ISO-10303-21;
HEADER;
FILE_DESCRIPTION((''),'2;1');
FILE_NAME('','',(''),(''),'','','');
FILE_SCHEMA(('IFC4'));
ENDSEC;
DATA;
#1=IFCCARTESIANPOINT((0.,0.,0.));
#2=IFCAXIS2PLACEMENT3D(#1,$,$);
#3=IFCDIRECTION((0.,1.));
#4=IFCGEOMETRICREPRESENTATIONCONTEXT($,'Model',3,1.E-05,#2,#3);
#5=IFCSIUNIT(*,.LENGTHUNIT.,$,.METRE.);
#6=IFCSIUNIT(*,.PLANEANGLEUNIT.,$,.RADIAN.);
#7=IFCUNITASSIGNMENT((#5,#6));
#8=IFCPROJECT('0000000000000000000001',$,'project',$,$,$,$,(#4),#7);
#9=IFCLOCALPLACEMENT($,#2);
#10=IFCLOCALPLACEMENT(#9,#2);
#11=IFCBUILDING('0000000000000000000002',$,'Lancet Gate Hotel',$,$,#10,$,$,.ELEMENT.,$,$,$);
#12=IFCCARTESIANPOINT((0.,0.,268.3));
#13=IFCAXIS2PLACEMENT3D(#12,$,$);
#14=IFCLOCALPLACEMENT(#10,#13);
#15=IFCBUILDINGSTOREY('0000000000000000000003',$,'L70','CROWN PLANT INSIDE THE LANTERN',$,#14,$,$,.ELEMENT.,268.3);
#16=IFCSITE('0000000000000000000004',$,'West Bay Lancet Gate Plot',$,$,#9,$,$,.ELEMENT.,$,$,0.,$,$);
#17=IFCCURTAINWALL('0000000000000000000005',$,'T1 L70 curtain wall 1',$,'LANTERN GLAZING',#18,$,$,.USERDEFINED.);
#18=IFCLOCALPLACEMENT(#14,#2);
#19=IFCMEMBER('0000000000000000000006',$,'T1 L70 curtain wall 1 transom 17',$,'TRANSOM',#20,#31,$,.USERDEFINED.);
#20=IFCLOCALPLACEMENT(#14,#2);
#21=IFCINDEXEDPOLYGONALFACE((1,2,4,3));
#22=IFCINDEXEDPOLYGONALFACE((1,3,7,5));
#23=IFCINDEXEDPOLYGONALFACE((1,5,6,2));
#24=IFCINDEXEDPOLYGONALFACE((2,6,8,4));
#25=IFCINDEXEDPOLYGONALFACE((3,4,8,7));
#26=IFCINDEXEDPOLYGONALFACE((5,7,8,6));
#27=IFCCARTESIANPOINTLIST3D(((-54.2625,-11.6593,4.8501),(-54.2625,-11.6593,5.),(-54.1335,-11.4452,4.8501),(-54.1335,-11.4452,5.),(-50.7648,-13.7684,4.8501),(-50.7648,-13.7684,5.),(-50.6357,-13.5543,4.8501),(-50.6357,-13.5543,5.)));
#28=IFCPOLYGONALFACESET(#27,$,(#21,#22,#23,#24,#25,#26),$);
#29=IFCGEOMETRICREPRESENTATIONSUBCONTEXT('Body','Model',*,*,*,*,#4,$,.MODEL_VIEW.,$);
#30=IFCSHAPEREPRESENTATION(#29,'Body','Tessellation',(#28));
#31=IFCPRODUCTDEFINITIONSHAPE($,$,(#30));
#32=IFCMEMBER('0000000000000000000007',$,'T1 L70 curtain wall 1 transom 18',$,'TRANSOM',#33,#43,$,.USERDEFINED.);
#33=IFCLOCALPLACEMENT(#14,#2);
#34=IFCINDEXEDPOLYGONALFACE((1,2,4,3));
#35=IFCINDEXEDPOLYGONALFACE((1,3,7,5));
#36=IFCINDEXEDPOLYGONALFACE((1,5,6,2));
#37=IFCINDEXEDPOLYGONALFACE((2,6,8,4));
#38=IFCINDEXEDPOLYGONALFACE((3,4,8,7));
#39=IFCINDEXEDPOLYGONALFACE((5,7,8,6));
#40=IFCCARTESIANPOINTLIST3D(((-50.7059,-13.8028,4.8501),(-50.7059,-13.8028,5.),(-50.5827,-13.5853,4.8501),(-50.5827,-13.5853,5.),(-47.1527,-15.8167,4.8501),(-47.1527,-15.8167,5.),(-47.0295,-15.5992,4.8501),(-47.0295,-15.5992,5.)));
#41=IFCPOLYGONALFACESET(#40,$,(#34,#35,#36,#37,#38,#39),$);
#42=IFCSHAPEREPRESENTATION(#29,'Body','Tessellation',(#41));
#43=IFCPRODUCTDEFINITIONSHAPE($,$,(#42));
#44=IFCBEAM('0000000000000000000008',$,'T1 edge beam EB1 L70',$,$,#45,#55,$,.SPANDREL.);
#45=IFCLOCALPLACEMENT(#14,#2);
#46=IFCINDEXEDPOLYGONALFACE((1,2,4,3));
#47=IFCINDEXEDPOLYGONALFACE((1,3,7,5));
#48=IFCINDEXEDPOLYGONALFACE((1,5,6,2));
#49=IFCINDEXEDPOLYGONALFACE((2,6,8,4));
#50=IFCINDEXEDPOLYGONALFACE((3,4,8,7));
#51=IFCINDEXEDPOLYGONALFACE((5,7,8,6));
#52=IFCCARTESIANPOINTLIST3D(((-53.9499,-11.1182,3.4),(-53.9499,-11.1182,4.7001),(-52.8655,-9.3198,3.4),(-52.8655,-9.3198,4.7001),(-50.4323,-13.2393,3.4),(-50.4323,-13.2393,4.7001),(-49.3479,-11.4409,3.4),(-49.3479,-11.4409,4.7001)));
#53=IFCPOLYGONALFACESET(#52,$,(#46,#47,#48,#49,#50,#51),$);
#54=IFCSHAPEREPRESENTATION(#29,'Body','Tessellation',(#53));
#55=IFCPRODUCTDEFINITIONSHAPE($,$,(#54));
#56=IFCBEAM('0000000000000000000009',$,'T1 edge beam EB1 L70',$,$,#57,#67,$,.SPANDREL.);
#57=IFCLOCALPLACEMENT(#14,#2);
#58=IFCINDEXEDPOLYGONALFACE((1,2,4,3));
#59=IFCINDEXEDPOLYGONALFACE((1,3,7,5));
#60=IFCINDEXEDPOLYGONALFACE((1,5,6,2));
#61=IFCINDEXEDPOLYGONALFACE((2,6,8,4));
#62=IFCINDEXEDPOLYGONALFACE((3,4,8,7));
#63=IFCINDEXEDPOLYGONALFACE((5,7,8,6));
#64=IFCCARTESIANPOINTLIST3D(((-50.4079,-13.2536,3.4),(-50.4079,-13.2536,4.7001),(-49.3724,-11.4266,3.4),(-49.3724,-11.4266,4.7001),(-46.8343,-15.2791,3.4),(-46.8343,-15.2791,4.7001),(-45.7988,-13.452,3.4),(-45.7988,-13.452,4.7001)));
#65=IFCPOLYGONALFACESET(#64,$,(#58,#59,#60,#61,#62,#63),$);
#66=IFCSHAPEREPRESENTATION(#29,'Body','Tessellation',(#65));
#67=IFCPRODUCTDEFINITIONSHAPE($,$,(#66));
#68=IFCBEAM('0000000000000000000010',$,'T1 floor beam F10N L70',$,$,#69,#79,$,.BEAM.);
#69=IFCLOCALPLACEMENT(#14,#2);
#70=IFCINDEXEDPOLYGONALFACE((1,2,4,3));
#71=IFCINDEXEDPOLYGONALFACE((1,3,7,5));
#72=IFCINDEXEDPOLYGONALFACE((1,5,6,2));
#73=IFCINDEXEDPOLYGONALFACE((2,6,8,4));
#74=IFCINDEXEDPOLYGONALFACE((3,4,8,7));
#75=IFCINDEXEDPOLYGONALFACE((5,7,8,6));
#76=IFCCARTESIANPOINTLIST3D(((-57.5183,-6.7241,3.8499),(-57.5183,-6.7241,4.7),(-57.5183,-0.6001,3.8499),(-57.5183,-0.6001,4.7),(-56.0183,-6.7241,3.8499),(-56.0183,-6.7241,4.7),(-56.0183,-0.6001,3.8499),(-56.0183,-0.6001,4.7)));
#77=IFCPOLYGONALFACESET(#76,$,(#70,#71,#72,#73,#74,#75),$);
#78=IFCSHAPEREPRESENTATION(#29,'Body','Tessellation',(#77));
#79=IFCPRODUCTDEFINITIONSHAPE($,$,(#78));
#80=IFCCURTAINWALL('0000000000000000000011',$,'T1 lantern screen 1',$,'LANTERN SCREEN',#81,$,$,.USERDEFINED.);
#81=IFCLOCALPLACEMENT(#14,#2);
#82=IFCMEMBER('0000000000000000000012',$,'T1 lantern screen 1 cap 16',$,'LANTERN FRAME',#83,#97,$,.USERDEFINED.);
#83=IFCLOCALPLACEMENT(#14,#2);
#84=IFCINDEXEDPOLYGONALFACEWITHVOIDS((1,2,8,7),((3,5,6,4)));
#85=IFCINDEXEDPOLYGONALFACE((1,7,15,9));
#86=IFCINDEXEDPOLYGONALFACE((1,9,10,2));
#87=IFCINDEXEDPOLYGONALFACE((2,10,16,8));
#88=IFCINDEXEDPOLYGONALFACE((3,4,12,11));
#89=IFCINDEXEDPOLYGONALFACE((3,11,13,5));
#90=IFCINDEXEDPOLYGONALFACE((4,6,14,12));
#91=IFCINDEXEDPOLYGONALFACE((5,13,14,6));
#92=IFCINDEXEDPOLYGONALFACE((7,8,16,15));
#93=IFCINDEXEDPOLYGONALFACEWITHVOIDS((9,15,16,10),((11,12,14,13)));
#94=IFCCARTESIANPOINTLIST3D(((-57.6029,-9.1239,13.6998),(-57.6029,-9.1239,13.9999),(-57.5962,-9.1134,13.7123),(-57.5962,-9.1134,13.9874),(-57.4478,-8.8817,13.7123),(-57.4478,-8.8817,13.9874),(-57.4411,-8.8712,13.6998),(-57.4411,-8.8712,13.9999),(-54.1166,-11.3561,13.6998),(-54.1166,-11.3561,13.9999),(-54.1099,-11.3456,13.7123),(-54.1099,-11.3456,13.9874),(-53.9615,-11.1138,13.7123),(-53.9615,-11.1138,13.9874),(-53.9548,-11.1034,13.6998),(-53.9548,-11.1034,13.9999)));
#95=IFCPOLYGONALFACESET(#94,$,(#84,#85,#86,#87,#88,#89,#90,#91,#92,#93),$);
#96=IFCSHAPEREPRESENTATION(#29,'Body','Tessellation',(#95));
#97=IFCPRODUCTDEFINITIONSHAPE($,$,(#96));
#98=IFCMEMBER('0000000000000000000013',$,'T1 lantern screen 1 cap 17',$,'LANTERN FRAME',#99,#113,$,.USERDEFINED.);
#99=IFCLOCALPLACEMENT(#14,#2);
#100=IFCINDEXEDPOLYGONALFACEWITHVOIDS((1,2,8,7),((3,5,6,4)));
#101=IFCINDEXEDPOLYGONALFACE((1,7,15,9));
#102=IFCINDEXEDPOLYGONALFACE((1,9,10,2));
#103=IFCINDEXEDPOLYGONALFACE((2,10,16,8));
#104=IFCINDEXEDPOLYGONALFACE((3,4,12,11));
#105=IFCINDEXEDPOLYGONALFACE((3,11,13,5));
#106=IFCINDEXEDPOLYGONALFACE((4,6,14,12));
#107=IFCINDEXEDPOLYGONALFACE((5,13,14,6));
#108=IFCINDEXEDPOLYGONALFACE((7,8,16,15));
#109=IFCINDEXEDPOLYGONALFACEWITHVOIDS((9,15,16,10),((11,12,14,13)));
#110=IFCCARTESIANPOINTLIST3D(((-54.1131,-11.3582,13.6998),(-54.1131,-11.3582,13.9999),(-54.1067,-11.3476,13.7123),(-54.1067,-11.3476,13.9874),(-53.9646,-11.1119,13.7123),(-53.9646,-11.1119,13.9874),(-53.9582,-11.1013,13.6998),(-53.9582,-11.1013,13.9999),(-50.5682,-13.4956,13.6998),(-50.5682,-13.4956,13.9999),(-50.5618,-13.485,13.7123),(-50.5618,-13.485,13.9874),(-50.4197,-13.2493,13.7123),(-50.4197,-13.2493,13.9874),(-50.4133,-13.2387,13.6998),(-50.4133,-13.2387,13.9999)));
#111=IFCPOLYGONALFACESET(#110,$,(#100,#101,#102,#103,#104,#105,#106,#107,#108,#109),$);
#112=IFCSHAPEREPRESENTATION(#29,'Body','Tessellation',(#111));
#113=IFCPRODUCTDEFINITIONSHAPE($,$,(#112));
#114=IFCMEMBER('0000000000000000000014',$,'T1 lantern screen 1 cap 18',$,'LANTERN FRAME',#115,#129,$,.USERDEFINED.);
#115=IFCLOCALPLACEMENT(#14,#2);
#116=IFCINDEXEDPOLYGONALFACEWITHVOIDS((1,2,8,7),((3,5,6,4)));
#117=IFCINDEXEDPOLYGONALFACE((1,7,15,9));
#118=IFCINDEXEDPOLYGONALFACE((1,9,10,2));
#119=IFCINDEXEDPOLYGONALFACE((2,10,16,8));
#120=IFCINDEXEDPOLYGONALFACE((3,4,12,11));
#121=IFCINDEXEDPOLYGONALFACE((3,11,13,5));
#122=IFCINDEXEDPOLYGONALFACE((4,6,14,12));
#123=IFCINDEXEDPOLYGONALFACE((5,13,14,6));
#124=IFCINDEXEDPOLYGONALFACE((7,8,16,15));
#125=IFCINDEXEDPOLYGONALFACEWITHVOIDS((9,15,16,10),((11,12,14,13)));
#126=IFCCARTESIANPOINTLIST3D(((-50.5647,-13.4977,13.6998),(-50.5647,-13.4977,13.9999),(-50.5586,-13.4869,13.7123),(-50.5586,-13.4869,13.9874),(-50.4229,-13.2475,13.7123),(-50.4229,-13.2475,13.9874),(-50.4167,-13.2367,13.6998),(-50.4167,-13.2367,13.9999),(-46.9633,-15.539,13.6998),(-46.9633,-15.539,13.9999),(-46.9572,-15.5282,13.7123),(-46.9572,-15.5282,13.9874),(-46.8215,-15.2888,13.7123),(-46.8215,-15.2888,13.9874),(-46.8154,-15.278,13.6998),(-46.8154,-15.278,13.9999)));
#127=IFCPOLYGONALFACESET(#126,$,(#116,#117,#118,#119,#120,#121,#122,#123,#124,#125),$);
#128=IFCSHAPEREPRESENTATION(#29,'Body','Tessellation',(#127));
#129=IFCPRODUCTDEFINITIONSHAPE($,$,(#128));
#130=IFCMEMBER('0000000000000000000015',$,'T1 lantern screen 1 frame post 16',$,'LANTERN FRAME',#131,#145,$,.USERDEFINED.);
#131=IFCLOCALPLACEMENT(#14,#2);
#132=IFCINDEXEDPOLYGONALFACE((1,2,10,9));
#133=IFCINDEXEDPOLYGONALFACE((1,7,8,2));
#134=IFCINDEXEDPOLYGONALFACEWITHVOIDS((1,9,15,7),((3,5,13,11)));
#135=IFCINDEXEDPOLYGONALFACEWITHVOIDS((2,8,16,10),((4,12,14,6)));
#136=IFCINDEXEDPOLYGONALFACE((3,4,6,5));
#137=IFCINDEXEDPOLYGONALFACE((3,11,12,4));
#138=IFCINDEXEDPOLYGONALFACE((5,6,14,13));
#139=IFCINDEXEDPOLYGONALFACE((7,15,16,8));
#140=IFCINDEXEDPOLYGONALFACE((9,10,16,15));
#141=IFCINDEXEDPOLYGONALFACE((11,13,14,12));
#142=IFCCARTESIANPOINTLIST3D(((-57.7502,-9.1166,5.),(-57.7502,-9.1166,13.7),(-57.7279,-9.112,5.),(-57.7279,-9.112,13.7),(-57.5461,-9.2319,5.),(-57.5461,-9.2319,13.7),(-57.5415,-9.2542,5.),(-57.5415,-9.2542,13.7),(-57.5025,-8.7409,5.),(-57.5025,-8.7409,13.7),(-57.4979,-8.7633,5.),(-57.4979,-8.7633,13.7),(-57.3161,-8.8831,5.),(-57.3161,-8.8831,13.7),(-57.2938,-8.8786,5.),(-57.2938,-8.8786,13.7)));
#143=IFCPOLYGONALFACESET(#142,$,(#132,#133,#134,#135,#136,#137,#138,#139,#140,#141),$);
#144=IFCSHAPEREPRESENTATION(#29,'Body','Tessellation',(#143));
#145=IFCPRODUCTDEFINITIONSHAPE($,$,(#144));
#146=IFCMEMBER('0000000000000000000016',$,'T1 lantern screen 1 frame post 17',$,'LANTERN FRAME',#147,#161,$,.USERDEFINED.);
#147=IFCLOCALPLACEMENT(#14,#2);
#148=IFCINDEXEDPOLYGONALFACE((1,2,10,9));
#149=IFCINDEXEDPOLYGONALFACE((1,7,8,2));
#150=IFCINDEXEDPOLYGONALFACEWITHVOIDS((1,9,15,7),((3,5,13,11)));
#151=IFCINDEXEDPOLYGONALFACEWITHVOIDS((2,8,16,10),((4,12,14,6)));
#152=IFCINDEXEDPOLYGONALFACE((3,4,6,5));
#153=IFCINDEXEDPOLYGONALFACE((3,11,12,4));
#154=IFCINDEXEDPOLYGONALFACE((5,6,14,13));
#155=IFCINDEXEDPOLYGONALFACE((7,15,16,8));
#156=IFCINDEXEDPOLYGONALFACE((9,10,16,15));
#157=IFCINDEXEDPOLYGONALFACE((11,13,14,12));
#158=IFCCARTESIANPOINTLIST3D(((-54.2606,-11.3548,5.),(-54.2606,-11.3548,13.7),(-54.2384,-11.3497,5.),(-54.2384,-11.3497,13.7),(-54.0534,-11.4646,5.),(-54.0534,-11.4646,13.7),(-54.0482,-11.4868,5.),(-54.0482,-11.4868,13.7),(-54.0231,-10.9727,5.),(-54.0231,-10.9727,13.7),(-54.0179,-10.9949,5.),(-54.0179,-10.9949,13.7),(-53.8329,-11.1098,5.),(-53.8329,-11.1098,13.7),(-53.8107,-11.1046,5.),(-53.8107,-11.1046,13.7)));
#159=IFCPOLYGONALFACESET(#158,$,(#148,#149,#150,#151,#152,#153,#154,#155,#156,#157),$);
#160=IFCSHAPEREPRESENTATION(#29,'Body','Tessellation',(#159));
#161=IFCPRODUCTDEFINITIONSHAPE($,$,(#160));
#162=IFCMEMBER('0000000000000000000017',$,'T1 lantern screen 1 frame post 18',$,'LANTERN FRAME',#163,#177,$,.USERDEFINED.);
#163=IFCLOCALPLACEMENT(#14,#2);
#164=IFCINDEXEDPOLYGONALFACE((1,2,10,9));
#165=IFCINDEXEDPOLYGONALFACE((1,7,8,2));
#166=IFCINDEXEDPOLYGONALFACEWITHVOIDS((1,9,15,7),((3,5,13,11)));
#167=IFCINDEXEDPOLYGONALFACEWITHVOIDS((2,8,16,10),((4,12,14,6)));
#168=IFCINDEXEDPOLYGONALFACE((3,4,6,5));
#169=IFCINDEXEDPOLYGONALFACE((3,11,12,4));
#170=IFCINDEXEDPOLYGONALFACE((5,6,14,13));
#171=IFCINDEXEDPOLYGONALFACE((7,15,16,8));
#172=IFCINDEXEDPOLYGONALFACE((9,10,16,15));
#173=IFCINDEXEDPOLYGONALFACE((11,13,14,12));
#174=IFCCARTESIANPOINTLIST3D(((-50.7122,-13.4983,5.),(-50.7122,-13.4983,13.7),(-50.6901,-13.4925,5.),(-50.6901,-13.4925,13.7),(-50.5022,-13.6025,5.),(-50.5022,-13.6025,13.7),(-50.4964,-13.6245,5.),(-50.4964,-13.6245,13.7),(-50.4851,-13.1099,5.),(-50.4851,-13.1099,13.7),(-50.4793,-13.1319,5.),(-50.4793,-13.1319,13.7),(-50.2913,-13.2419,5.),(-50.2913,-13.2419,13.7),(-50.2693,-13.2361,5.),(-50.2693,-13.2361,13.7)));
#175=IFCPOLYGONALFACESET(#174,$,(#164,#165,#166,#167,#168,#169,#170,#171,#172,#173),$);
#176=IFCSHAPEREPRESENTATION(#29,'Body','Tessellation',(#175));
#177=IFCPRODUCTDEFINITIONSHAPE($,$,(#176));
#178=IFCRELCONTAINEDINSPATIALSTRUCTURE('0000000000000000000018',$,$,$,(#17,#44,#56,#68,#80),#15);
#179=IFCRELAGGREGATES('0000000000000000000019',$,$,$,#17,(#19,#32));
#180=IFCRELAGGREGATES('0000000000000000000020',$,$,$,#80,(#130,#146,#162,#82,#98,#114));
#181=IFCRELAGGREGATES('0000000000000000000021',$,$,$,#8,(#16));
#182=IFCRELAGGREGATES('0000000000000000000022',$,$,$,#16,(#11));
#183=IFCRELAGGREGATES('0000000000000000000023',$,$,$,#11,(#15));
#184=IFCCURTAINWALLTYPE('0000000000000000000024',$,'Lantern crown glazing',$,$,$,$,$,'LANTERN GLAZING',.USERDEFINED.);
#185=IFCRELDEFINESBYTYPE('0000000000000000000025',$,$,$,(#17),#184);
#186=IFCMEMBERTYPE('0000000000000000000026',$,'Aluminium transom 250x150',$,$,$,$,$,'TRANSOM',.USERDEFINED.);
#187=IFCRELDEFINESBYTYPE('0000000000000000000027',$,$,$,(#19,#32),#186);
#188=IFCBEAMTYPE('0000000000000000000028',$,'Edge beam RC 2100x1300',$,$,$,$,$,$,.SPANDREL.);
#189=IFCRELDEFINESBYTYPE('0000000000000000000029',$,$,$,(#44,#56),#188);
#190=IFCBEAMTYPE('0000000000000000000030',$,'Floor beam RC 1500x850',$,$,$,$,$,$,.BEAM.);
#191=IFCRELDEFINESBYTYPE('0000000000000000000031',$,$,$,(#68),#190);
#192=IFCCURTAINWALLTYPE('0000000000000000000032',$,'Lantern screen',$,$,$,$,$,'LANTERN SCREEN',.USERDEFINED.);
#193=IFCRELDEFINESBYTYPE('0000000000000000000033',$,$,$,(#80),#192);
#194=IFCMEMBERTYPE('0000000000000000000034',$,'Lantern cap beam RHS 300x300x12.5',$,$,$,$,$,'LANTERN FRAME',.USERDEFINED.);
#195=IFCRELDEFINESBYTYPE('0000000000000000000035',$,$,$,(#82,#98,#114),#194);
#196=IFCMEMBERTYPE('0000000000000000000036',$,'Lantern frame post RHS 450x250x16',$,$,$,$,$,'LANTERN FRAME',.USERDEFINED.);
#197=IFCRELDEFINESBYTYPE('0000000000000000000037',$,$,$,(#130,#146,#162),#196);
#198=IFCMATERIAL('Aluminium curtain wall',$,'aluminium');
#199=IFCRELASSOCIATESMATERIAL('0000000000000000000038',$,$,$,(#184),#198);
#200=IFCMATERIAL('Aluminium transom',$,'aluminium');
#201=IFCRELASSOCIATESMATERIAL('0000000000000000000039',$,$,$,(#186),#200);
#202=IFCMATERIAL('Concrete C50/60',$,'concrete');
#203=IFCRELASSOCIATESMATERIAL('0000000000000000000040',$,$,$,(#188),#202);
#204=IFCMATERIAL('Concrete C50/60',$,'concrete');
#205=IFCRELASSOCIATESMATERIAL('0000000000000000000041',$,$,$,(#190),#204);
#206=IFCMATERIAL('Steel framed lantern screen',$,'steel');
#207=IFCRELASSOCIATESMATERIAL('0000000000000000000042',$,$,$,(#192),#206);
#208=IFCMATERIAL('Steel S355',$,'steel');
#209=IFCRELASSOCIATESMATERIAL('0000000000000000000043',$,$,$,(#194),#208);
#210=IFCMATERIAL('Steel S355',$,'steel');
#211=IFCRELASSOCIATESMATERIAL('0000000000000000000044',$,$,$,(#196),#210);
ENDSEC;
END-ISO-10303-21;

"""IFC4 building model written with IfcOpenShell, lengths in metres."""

from ifc_helpers import new_model, si_unit, direction, frame, origin, origin_2d, place, context, subcontext, project, spatial, rectangle, hollow_rectangle, extrude, material, material_profile, profile_set, type_object, element, aggregate, save


model = new_model("IFC4")

# Units and contexts
model_context = context("Model", 3, precision=1e-05, world=origin(), true_north=direction((0.0, 1.0)))
body_context = subcontext(model_context, "Body", "Model", "MODEL_VIEW")
ifc_project = project(units=[si_unit("LENGTHUNIT", "METRE"), si_unit("PLANEANGLEUNIT", "RADIAN")], contexts=[model_context])

# Site, building, storey
site_placement = place(None, origin())
site = spatial("IfcSite", under=ifc_project, at=site_placement, Name="West Bay Lancet Gate Plot", CompositionType="ELEMENT", RefElevation=0.0)
building_placement = place(site_placement, origin())
building = spatial("IfcBuilding", under=site, at=building_placement, Name="Lancet Gate Hotel", CompositionType="ELEMENT")
storey_placement = place(building_placement, frame((0.0, 0.0, 268.3)))
storey = spatial("IfcBuildingStorey", under=building, at=storey_placement, Name="L70", Description="CROWN PLANT INSIDE THE LANTERN", CompositionType="ELEMENT", Elevation=268.3)

# Curtain wall, members
ifc_material_1 = material(Name="Aluminium curtain wall", Category="aluminium")
curtain_wall_type_1 = type_object("IfcCurtainWallType", Name="Lantern crown glazing", ElementType="LANTERN GLAZING", PredefinedType="USERDEFINED", material=ifc_material_1)
curtain_wall_1_placement = place(storey_placement, origin())
curtain_wall_1 = element("IfcCurtainWall", 1, at=curtain_wall_1_placement, inside=storey, type_object=curtain_wall_type_1, Name="T1 L70 curtain wall 1", ObjectType="LANTERN GLAZING", PredefinedType="USERDEFINED")
ifc_material_2 = material(Name="Aluminium transom", Category="aluminium")
ifc_material_profile_1 = material_profile(ifc_material_2, rectangle(XDim=0.25, YDim=0.1499, at=origin_2d()), Name="TRANSOM 250x150")
ifc_profile_set_1 = profile_set([ifc_material_profile_1], Name="Aluminium transom")
member_type_1 = type_object("IfcMemberType", Name="Aluminium transom 250x150", ElementType="TRANSOM", PredefinedType="USERDEFINED", material=ifc_profile_set_1)
member_1_placement = place(storey_placement, frame((-54.198, -11.5522, 4.925), z_axis=(0.856362, -0.516376, 0.0), x_axis=(0.516376, 0.856362, 0.0)))
member_1 = element("IfcMember", 2, at=member_1_placement, type_object=member_type_1, Name="T1 L70 curtain wall 1 transom 17", ObjectType="TRANSOM", PredefinedType="USERDEFINED", context=body_context, shape_type="SweptSolid", body=[
    extrude(rectangle(XDim=0.25, YDim=0.1499, at=origin_2d()), origin(), (0.0, 0.0, 1.0), 4.0845),
])
member_2_placement = place(storey_placement, frame((-50.6443, -13.6941, 4.925), z_axis=(0.869978, -0.493091, 0.0), x_axis=(0.493091, 0.869978, 0.0)))
member_2 = element("IfcMember", 3, at=member_2_placement, type_object=member_type_1, Name="T1 L70 curtain wall 1 transom 18", ObjectType="TRANSOM", PredefinedType="USERDEFINED", context=body_context, shape_type="SweptSolid", body=[
    extrude(rectangle(XDim=0.25, YDim=0.1499, at=origin_2d()), origin(), (0.0, 0.0, 1.0), 4.0842),
])

# Beams
ifc_material_3 = material(Name="Concrete C50/60", Category="concrete")
ifc_material_profile_2 = material_profile(ifc_material_3, rectangle(XDim=2.1001, YDim=1.3, at=origin_2d()), Name="RC 2100x1300")
ifc_profile_set_2 = profile_set([ifc_material_profile_2], Name="Concrete C50/60")
beam_type_1 = type_object("IfcBeamType", Name="Edge beam RC 2100x1300", PredefinedType="SPANDREL", material=ifc_profile_set_2)
for number, where, z_axis, x_axis, name in (
    (4, (-53.4077, -10.219, 4.05), (0.856358, -0.516382, 0.0), (0.516382, 0.856358, 0.0), "T1 edge beam EB1 L70"),
    (5, (-49.8901, -12.3401, 4.05), (0.869979, -0.493089, 0.0), (0.493089, 0.869979, 0.0), "T1 edge beam EB1 L70"),
):
    element("IfcBeam", number, at=place(storey_placement, frame(where, z_axis=z_axis, x_axis=x_axis)), inside=storey, type_object=beam_type_1, Name=name, PredefinedType="SPANDREL", context=body_context, shape_type="SweptSolid", body=[
        extrude(rectangle(XDim=2.1001, YDim=1.3, at=origin_2d()), origin(), (0.0, 0.0, 1.0), 4.1077),
    ])
ifc_material_4 = material(Name="Concrete C50/60", Category="concrete")
ifc_material_profile_3 = material_profile(ifc_material_4, rectangle(XDim=1.5, YDim=0.8501, at=origin_2d()), Name="RC 1500x850")
ifc_profile_set_3 = profile_set([ifc_material_profile_3], Name="Concrete C50/60")
beam_type_2 = type_object("IfcBeamType", Name="Floor beam RC 1500x850", PredefinedType="BEAM", material=ifc_profile_set_3)
beam_placement = place(storey_placement, frame((-56.7683, -0.6001, 4.2749), z_axis=(0.0, -1.0, 0.0), x_axis=(1.0, 0.0, 0.0)))
element("IfcBeam", 6, at=beam_placement, inside=storey, type_object=beam_type_2, Name="T1 floor beam F10N L70", PredefinedType="BEAM", context=body_context, shape_type="SweptSolid", body=[
    extrude(rectangle(XDim=1.5, YDim=0.8501, at=origin_2d()), origin(), (0.0, 0.0, 1.0), 6.124),
])

# Curtain wall, members
ifc_material_5 = material(Name="Steel framed lantern screen", Category="steel")
curtain_wall_type_2 = type_object("IfcCurtainWallType", Name="Lantern screen", ElementType="LANTERN SCREEN", PredefinedType="USERDEFINED", material=ifc_material_5)
curtain_wall_2_placement = place(storey_placement, origin())
curtain_wall_2 = element("IfcCurtainWall", 7, at=curtain_wall_2_placement, inside=storey, type_object=curtain_wall_type_2, Name="T1 lantern screen 1", ObjectType="LANTERN SCREEN", PredefinedType="USERDEFINED")
ifc_material_6 = material(Name="Steel S355", Category="steel")
ifc_material_profile_4 = material_profile(ifc_material_6, hollow_rectangle(XDim=0.3, YDim=0.3, WallThickness=0.0125, at=origin_2d()), Name="RHS 300x300x12.5")
ifc_profile_set_4 = profile_set([ifc_material_profile_4], Name="Steel S355")
member_type_2 = type_object("IfcMemberType", Name="Lantern cap beam RHS 300x300x12.5", ElementType="LANTERN FRAME", PredefinedType="USERDEFINED", material=ifc_profile_set_4)
member_3_placement = place(storey_placement, frame((-57.522, -8.9976, 13.8499), z_axis=(0.84217, -0.539213, 0.0), x_axis=(0.539213, 0.84217, 0.0)))
member_3 = element("IfcMember", 8, at=member_3_placement, type_object=member_type_2, Name="T1 lantern screen 1 cap 16", ObjectType="LANTERN FRAME", PredefinedType="USERDEFINED", context=body_context, shape_type="SweptSolid", body=[
    extrude(hollow_rectangle(XDim=0.3, YDim=0.3, WallThickness=0.0125, at=origin_2d()), origin(), (0.0, 0.0, 1.0), 4.1396),
])
member_4_placement = place(storey_placement, frame((-54.0356, -11.2297, 13.8499), z_axis=(0.856372, -0.516359, 0.0), x_axis=(0.516359, 0.856372, 0.0)))
member_4 = element("IfcMember", 9, at=member_4_placement, type_object=member_type_2, Name="T1 lantern screen 1 cap 17", ObjectType="LANTERN FRAME", PredefinedType="USERDEFINED", context=body_context, shape_type="SweptSolid", body=[
    extrude(hollow_rectangle(XDim=0.3, YDim=0.3, WallThickness=0.0125, at=origin_2d()), origin(), (0.0, 0.0, 1.0), 4.1394),
])
member_5_placement = place(storey_placement, frame((-50.4907, -13.3672, 13.8499), z_axis=(0.869969, -0.493106, 0.0), x_axis=(0.493106, 0.869969, 0.0)))
member_5 = element("IfcMember", 10, at=member_5_placement, type_object=member_type_2, Name="T1 lantern screen 1 cap 18", ObjectType="LANTERN FRAME", PredefinedType="USERDEFINED", context=body_context, shape_type="SweptSolid", body=[
    extrude(hollow_rectangle(XDim=0.3, YDim=0.3, WallThickness=0.0125, at=origin_2d()), origin(), (0.0, 0.0, 1.0), 4.1396),
])
ifc_material_7 = material(Name="Steel S355", Category="steel")
ifc_material_profile_5 = material_profile(ifc_material_7, hollow_rectangle(XDim=0.25, YDim=0.45, WallThickness=0.0161, at=origin_2d()), Name="RHS 450x250x16")
ifc_profile_set_5 = profile_set([ifc_material_profile_5], Name="Steel S355")
member_type_3 = type_object("IfcMemberType", Name="Lantern frame post RHS 450x250x16", ElementType="LANTERN FRAME", PredefinedType="USERDEFINED", material=ifc_profile_set_5)
member_6_placement = place(storey_placement, frame((-57.522, -8.9976, 5.0), z_axis=(0.0, 0.0, 1.0), x_axis=(0.834827, -0.550512, 0.0)))
member_6 = element("IfcMember", 11, at=member_6_placement, type_object=member_type_3, Name="T1 lantern screen 1 frame post 16", ObjectType="LANTERN FRAME", PredefinedType="USERDEFINED", context=body_context, shape_type="SweptSolid", body=[
    extrude(hollow_rectangle(XDim=0.25, YDim=0.45, WallThickness=0.0161, at=origin_2d()), origin(), (0.0, 0.0, 1.0), 8.7),
])
member_7_placement = place(storey_placement, frame((-54.0356, -11.2297, 5.0), z_axis=(0.0, 0.0, 1.0), x_axis=(0.849342, -0.527842, 0.0)))
member_7 = element("IfcMember", 12, at=member_7_placement, type_object=member_type_3, Name="T1 lantern screen 1 frame post 17", ObjectType="LANTERN FRAME", PredefinedType="USERDEFINED", context=body_context, shape_type="SweptSolid", body=[
    extrude(hollow_rectangle(XDim=0.25, YDim=0.45, WallThickness=0.0161, at=origin_2d()), origin(), (0.0, 0.0, 1.0), 8.7),
])
member_8_placement = place(storey_placement, frame((-50.4907, -13.3672, 5.0), z_axis=(0.0, 0.0, 1.0), x_axis=(0.863242, -0.50479, 0.0)))
member_8 = element("IfcMember", 13, at=member_8_placement, type_object=member_type_3, Name="T1 lantern screen 1 frame post 18", ObjectType="LANTERN FRAME", PredefinedType="USERDEFINED", context=body_context, shape_type="SweptSolid", body=[
    extrude(hollow_rectangle(XDim=0.25, YDim=0.45, WallThickness=0.0161, at=origin_2d()), origin(), (0.0, 0.0, 1.0), 8.7),
])

aggregate(curtain_wall_1, [member_1, member_2])
aggregate(curtain_wall_2, [member_6, member_7, member_8, member_3, member_4, member_5])

save(model, "model.ifc")
